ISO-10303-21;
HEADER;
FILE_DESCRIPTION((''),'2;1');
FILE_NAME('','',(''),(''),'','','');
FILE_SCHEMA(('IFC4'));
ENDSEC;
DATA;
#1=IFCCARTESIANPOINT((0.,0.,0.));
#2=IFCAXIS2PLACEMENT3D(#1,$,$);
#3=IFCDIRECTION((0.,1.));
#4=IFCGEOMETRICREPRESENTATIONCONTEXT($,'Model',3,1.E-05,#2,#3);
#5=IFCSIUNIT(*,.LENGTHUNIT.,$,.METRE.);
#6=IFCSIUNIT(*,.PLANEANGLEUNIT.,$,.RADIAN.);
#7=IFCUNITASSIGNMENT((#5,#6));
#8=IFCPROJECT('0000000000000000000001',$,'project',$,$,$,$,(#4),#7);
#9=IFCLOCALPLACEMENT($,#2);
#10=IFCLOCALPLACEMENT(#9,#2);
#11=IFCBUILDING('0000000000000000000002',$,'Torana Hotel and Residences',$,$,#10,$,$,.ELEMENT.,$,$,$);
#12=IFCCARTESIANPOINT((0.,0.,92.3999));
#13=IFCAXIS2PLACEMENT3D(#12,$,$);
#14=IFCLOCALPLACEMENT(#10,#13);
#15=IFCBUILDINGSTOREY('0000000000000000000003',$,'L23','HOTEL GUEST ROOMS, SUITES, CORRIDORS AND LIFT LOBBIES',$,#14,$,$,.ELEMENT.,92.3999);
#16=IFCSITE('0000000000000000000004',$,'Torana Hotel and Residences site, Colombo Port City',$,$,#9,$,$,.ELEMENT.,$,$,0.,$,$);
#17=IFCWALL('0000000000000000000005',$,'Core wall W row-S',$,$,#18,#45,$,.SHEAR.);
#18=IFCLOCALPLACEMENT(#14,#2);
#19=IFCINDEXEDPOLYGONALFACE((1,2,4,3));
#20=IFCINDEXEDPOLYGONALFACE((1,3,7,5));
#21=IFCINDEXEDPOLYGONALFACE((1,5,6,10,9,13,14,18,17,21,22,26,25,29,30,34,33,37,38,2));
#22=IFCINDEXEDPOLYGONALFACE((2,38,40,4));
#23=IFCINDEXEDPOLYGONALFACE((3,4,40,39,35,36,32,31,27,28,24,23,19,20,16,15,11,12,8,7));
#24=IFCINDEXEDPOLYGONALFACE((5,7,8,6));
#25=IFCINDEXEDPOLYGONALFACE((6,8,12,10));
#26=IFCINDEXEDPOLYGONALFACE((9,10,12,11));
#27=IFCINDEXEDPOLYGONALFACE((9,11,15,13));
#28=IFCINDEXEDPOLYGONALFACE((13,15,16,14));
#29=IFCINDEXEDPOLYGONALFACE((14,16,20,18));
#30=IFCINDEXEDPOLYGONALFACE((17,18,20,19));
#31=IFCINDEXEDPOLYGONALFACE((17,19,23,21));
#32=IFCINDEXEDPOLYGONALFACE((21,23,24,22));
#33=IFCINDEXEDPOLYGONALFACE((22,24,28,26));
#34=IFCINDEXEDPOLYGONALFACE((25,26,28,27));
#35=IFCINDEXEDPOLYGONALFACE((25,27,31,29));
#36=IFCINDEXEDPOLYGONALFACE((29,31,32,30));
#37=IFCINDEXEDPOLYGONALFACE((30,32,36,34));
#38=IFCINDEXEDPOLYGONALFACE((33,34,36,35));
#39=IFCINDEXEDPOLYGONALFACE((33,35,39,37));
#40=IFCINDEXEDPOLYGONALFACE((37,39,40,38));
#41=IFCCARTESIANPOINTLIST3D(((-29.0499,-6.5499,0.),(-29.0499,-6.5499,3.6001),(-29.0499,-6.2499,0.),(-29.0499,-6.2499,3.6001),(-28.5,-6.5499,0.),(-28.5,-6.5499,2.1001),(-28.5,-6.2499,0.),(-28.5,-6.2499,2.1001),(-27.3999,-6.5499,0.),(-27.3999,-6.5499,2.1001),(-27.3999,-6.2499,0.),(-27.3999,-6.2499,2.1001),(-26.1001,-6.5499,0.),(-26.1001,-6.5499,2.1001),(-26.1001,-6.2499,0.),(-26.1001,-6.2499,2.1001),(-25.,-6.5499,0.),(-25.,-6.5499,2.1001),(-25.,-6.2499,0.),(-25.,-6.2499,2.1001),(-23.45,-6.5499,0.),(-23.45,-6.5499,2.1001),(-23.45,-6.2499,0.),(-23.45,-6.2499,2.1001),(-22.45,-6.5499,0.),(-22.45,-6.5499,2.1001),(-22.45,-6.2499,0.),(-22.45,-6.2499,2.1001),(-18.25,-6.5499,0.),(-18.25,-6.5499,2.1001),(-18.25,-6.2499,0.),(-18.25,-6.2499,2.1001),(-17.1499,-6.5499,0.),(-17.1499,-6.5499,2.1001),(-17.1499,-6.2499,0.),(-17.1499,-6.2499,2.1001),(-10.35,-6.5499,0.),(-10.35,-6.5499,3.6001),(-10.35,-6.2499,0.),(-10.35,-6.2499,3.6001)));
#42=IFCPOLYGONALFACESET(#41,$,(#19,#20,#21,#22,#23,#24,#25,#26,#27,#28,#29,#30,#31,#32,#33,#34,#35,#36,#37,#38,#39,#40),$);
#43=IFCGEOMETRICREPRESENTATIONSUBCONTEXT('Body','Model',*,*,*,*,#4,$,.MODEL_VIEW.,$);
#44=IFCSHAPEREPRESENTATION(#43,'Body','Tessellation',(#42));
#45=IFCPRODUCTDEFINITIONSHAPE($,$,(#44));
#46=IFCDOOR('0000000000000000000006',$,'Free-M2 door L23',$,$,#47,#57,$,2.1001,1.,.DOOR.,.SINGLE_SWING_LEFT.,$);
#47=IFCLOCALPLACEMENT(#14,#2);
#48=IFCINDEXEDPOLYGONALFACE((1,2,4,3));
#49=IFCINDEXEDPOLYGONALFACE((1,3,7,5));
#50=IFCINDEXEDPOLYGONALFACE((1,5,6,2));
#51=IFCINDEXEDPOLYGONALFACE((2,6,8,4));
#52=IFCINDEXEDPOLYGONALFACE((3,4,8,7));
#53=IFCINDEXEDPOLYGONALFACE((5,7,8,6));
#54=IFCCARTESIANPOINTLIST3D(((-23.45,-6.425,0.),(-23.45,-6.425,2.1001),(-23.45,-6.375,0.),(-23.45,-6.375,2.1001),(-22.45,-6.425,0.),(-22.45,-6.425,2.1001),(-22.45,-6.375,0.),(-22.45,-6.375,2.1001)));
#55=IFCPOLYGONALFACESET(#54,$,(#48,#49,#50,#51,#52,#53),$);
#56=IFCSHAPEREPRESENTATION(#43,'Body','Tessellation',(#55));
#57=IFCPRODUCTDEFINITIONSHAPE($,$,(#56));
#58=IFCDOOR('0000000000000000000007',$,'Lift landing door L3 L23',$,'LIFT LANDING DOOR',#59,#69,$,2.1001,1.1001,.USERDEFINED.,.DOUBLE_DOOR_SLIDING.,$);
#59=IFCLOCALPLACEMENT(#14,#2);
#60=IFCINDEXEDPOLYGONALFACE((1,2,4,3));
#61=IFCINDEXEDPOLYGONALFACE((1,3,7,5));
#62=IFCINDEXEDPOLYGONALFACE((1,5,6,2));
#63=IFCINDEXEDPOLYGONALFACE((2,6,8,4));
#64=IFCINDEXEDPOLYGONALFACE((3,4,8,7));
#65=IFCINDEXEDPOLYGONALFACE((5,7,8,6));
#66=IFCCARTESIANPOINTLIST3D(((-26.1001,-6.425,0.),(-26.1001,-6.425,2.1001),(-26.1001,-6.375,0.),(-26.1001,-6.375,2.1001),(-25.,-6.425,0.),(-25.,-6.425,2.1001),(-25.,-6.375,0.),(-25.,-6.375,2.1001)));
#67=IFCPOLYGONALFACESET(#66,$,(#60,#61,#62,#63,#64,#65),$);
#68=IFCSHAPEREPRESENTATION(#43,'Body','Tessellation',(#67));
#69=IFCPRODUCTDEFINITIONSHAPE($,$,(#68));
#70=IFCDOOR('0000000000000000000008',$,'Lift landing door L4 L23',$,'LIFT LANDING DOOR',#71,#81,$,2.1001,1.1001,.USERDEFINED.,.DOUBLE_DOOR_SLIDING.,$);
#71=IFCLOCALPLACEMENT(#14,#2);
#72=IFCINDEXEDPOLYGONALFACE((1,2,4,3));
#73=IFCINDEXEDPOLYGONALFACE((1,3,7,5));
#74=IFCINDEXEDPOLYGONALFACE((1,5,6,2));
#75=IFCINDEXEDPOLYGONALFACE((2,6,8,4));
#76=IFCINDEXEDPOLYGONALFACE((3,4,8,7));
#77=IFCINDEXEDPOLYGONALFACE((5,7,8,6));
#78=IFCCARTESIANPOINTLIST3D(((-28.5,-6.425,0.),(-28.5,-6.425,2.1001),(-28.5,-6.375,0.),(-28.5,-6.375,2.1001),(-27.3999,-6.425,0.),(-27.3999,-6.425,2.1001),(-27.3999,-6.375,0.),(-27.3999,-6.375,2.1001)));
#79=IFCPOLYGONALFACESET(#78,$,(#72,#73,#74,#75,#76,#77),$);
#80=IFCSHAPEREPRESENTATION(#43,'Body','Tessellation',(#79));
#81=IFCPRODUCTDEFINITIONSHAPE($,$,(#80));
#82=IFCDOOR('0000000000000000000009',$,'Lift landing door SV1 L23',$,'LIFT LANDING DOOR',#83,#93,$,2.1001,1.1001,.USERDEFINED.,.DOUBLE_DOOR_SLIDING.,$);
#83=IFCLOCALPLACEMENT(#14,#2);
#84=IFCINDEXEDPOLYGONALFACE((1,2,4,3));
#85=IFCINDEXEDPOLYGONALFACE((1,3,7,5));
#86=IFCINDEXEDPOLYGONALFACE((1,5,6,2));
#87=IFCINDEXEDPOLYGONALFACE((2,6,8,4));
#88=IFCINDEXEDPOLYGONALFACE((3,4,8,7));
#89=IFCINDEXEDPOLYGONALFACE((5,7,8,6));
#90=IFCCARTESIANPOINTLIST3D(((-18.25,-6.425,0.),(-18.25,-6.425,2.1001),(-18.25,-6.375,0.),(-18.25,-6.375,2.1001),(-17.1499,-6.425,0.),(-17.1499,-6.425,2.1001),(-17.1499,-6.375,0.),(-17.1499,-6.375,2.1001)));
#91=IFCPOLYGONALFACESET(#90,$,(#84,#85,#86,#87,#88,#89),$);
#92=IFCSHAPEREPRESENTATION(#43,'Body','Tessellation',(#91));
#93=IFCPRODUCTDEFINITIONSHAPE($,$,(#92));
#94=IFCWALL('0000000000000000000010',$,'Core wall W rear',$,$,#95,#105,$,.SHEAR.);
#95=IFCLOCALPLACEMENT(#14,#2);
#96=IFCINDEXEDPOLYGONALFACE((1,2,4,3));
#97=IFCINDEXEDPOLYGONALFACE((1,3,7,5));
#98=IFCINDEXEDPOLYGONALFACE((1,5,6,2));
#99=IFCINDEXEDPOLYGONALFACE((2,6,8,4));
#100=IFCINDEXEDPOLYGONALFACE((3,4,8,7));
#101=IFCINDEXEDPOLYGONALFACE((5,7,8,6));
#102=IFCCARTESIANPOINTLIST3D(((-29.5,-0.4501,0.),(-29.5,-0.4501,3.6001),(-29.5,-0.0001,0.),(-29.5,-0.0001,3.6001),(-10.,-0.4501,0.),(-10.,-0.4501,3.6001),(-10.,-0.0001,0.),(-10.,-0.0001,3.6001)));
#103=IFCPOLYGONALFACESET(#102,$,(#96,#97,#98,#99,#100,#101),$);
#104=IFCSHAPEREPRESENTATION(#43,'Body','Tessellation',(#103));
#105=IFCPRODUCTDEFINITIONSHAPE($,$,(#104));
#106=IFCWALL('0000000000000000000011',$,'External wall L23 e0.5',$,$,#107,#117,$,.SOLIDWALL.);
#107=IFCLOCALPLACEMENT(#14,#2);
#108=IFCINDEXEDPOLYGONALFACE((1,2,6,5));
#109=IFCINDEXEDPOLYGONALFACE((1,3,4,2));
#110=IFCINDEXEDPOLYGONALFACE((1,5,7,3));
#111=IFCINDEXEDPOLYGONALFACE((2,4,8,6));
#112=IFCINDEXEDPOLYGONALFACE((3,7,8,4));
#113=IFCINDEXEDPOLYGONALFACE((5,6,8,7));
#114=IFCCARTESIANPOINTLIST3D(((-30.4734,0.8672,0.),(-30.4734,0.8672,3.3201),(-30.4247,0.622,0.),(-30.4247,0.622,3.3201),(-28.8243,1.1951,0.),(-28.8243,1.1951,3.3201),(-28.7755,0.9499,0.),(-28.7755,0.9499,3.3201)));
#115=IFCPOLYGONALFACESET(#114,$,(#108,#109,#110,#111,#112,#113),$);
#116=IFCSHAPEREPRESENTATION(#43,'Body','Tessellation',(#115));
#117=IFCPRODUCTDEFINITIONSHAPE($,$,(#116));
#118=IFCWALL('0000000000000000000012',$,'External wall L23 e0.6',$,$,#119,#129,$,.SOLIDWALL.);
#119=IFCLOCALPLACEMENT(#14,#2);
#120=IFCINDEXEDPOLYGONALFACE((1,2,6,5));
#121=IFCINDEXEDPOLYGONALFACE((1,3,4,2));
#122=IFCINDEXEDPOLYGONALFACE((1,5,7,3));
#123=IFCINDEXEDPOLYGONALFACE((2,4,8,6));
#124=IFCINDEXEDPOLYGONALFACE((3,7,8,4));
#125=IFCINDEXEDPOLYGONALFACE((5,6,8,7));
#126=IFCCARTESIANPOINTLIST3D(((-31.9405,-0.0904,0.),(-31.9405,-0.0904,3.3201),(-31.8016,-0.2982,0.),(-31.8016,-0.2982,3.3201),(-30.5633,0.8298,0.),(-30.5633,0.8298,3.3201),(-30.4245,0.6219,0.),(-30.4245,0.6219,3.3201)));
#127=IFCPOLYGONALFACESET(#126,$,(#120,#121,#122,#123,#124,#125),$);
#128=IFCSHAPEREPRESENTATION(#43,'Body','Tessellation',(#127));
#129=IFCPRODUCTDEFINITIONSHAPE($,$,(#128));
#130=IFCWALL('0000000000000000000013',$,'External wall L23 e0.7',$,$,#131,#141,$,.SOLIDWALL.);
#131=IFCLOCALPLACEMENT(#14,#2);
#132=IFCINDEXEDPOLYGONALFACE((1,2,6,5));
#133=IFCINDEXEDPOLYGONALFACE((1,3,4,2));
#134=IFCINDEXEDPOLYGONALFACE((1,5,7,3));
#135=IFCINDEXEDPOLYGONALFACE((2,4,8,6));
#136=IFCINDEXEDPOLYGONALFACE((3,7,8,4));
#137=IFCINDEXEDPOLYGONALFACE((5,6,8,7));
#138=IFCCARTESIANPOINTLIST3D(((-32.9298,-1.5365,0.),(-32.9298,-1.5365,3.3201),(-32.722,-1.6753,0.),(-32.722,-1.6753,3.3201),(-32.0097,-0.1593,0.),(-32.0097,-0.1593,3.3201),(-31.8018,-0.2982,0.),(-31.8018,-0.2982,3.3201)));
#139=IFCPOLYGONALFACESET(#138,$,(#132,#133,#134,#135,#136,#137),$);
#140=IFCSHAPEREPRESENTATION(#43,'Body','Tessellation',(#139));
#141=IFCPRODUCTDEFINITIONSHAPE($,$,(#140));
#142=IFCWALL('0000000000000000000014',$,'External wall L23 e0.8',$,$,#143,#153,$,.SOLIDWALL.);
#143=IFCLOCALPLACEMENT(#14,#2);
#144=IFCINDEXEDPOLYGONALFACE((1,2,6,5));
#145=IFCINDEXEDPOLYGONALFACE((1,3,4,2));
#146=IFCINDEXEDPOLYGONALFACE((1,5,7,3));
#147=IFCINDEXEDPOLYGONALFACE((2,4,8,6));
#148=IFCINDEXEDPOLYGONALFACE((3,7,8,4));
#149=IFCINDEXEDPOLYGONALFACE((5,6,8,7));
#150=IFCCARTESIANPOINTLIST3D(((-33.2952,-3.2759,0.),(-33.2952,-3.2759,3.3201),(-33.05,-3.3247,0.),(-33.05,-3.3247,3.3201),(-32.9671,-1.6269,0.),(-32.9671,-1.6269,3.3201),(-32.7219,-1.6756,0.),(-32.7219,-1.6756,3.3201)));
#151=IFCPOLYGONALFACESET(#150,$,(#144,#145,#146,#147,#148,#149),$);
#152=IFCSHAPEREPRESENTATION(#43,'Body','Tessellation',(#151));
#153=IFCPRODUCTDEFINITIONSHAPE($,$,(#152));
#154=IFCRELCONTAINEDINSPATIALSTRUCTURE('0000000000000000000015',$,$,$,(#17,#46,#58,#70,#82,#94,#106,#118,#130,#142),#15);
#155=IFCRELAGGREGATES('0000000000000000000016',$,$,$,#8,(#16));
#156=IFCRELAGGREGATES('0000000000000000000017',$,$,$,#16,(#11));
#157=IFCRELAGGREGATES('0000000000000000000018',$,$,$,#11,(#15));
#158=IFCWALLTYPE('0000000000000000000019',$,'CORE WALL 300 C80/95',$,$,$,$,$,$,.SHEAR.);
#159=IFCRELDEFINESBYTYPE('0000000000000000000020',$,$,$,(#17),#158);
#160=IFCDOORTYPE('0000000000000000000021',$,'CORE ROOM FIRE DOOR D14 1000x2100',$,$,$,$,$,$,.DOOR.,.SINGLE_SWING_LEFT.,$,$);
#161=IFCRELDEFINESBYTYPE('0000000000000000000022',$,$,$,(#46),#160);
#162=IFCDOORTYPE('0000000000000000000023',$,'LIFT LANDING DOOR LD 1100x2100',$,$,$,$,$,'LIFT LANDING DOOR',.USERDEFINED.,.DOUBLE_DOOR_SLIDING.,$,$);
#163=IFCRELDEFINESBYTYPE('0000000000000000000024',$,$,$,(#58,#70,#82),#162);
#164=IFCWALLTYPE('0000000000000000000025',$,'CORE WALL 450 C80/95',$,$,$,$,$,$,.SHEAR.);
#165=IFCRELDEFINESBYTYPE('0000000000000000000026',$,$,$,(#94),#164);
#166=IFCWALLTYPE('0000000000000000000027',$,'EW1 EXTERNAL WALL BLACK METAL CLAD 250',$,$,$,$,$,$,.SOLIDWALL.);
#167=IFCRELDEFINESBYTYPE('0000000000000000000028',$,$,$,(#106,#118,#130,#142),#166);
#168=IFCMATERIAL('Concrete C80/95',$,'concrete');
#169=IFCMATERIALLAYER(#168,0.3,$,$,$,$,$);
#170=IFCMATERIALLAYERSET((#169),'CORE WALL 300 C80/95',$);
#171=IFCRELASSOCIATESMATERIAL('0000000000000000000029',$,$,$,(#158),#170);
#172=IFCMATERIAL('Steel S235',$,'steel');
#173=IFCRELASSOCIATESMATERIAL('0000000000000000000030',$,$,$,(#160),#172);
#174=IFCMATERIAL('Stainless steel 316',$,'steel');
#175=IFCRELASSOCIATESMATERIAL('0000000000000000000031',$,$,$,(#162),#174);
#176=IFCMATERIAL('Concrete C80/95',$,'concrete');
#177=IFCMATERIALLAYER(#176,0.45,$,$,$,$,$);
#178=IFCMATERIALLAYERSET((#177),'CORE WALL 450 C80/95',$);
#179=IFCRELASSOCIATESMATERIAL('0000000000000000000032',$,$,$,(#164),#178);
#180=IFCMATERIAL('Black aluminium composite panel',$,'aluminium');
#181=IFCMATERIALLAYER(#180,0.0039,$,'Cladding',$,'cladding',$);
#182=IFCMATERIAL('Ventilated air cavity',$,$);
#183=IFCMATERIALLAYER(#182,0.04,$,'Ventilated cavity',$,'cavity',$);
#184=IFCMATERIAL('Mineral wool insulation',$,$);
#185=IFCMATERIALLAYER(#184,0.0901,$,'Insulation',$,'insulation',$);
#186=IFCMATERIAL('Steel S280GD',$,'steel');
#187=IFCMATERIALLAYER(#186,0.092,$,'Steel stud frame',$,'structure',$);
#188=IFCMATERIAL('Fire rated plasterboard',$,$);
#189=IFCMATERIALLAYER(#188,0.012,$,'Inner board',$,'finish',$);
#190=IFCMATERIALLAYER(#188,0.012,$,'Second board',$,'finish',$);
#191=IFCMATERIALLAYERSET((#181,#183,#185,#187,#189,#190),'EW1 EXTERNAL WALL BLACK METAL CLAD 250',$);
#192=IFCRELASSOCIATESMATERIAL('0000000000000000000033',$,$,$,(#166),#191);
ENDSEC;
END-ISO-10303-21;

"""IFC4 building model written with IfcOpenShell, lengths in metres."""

from ifc_helpers import new_model, si_unit, direction, frame, frame_2d, origin, place, context, subcontext, project, spatial, rectangle, extrude, material, layer, layer_set, type_object, element, fill, save


model = new_model("IFC4")

# Units and contexts
model_context = context("Model", 3, precision=1e-05, world=origin(), true_north=direction((0.0, 1.0)))
body_context = subcontext(model_context, "Body", "Model", "MODEL_VIEW")
ifc_project = project(units=[si_unit("LENGTHUNIT", "METRE"), si_unit("PLANEANGLEUNIT", "RADIAN")], contexts=[model_context])

# Site, building, storey
site_placement = place(None, origin())
site = spatial("IfcSite", under=ifc_project, at=site_placement, Name="Torana Hotel and Residences site, Colombo Port City", CompositionType="ELEMENT", RefElevation=0.0)
building_placement = place(site_placement, origin())
building = spatial("IfcBuilding", under=site, at=building_placement, Name="Torana Hotel and Residences", CompositionType="ELEMENT")
storey_placement = place(building_placement, frame((0.0, 0.0, 92.3999)))
storey = spatial("IfcBuildingStorey", under=building, at=storey_placement, Name="L23", Description="HOTEL GUEST ROOMS, SUITES, CORRIDORS AND LIFT LOBBIES", CompositionType="ELEMENT", Elevation=92.3999)

# Wall, openings, doors
ifc_material_1 = material(Name="Concrete C80/95", Category="concrete")
ifc_layer_1 = layer(ifc_material_1, 0.3)
ifc_layer_set_1 = layer_set([ifc_layer_1], Name="CORE WALL 300 C80/95")
wall_type_1 = type_object("IfcWallType", Name="CORE WALL 300 C80/95", PredefinedType="SHEAR", material=ifc_layer_set_1)
ifc_material_2 = material(Name="Steel S235", Category="steel")
door_type_1 = type_object("IfcDoorType", Name="CORE ROOM FIRE DOOR D14 1000x2100", OperationType="SINGLE_SWING_LEFT", PredefinedType="DOOR", material=ifc_material_2)
ifc_material_3 = material(Name="Stainless steel 316", Category="steel")
door_type_2 = type_object("IfcDoorType", Name="LIFT LANDING DOOR LD 1100x2100", ElementType="LIFT LANDING DOOR", OperationType="DOUBLE_DOOR_SLIDING", PredefinedType="USERDEFINED", material=ifc_material_3)
wall_1_placement = place(storey_placement, frame((-29.05, -6.3999, 0.0), z_axis=(0.0, 0.0, 1.0), x_axis=(1.0, 0.0, 0.0)))
wall_1 = element("IfcWall", 1, at=wall_1_placement, inside=storey, type_object=wall_type_1, Name="Core wall W row-S", PredefinedType="SHEAR", context=body_context, shape_type="SweptSolid", body=[
    extrude(rectangle(XDim=18.7, YDim=0.3, at=frame_2d((9.3501, 0.0))), origin(), (0.0, 0.0, 1.0), 3.6001),
])
opening_1_placement = place(wall_1_placement, frame((2.95, 0.0, 0.0)))
opening_1 = element("IfcOpeningElement", 2, at=opening_1_placement, cuts=wall_1, PredefinedType="OPENING", context=body_context, shape_type="SweptSolid", body=[
    extrude(rectangle(XDim=1.1001, YDim=2.1001, at=frame_2d((0.55, 1.05))), frame((0.0, 0.1599, 0.0), z_axis=(0.0, -1.0, 0.0), x_axis=(1.0, 0.0, 0.0)), (0.0, 0.0, 1.0), 0.3201),
])
opening_2_placement = place(wall_1_placement, frame((0.55, 0.0, 0.0)))
opening_2 = element("IfcOpeningElement", 3, at=opening_2_placement, cuts=wall_1, PredefinedType="OPENING", context=body_context, shape_type="SweptSolid", body=[
    extrude(rectangle(XDim=1.1001, YDim=2.1001, at=frame_2d((0.55, 1.05))), frame((0.0, 0.1599, 0.0), z_axis=(0.0, -1.0, 0.0), x_axis=(1.0, 0.0, 0.0)), (0.0, 0.0, 1.0), 0.3201),
])
opening_3_placement = place(wall_1_placement, frame((10.8, 0.0, 0.0)))
opening_3 = element("IfcOpeningElement", 4, at=opening_3_placement, cuts=wall_1, PredefinedType="OPENING", context=body_context, shape_type="SweptSolid", body=[
    extrude(rectangle(XDim=1.1001, YDim=2.1001, at=frame_2d((0.55, 1.05))), frame((0.0, 0.1599, 0.0), z_axis=(0.0, -1.0, 0.0), x_axis=(1.0, 0.0, 0.0)), (0.0, 0.0, 1.0), 0.3201),
])
opening_4_placement = place(wall_1_placement, frame((5.6001, 0.0, 0.0)))
opening_4 = element("IfcOpeningElement", 5, at=opening_4_placement, cuts=wall_1, PredefinedType="OPENING", context=body_context, shape_type="SweptSolid", body=[
    extrude(rectangle(XDim=1.0, YDim=2.1001, at=frame_2d((0.5, 1.05))), frame((0.0, 0.1599, 0.0), z_axis=(0.0, -1.0, 0.0), x_axis=(1.0, 0.0, 0.0)), (0.0, 0.0, 1.0), 0.3201),
])
door_1_placement = place(opening_4_placement, frame((0.5, 0.0, 0.0), z_axis=(0.0, 0.0, 1.0), x_axis=(-1.0, 0.0, 0.0)))
door_1 = element("IfcDoor", 6, at=door_1_placement, inside=storey, type_object=door_type_1, Name="Free-M2 door L23", OperationType="SINGLE_SWING_LEFT", OverallHeight=2.1001, OverallWidth=1.0, PredefinedType="DOOR", context=body_context, shape_type="SweptSolid", body=[
    extrude(rectangle(XDim=1.0, YDim=2.1001, at=frame_2d((0.0, 1.05))), frame((0.0, -0.0249, 0.0), z_axis=(0.0, 1.0, 0.0), x_axis=(-1.0, 0.0, 0.0)), (0.0, 0.0, 1.0), 0.05),
])
fill(opening_4, door_1)
door_2_placement = place(opening_1_placement, origin())
door_2 = element("IfcDoor", 7, at=door_2_placement, inside=storey, type_object=door_type_2, Name="Lift landing door L3 L23", ObjectType="LIFT LANDING DOOR", OperationType="DOUBLE_DOOR_SLIDING", OverallHeight=2.1001, OverallWidth=1.1001, PredefinedType="USERDEFINED", context=body_context, shape_type="SweptSolid", body=[
    extrude(rectangle(XDim=1.1001, YDim=2.1001, at=frame_2d((0.55, 1.05))), frame((0.0, 0.0249, 0.0), z_axis=(0.0, -1.0, 0.0), x_axis=(1.0, 0.0, 0.0)), (0.0, 0.0, 1.0), 0.05),
])
fill(opening_1, door_2)
door_3_placement = place(opening_2_placement, origin())
door_3 = element("IfcDoor", 8, at=door_3_placement, inside=storey, type_object=door_type_2, Name="Lift landing door L4 L23", ObjectType="LIFT LANDING DOOR", OperationType="DOUBLE_DOOR_SLIDING", OverallHeight=2.1001, OverallWidth=1.1001, PredefinedType="USERDEFINED", context=body_context, shape_type="SweptSolid", body=[
    extrude(rectangle(XDim=1.1001, YDim=2.1001, at=frame_2d((0.55, 1.05))), frame((0.0, 0.0249, 0.0), z_axis=(0.0, -1.0, 0.0), x_axis=(1.0, 0.0, 0.0)), (0.0, 0.0, 1.0), 0.05),
])
fill(opening_2, door_3)
door_4_placement = place(opening_3_placement, origin())
door_4 = element("IfcDoor", 9, at=door_4_placement, inside=storey, type_object=door_type_2, Name="Lift landing door SV1 L23", ObjectType="LIFT LANDING DOOR", OperationType="DOUBLE_DOOR_SLIDING", OverallHeight=2.1001, OverallWidth=1.1001, PredefinedType="USERDEFINED", context=body_context, shape_type="SweptSolid", body=[
    extrude(rectangle(XDim=1.1001, YDim=2.1001, at=frame_2d((0.55, 1.05))), frame((0.0, 0.0249, 0.0), z_axis=(0.0, -1.0, 0.0), x_axis=(1.0, 0.0, 0.0)), (0.0, 0.0, 1.0), 0.05),
])
fill(opening_3, door_4)

# Walls
ifc_material_4 = material(Name="Concrete C80/95", Category="concrete")
ifc_layer_2 = layer(ifc_material_4, 0.45)
ifc_layer_set_2 = layer_set([ifc_layer_2], Name="CORE WALL 450 C80/95")
wall_type_2 = type_object("IfcWallType", Name="CORE WALL 450 C80/95", PredefinedType="SHEAR", material=ifc_layer_set_2)
wall_2_placement = place(storey_placement, frame((-29.5, -0.2251, 0.0), z_axis=(0.0, 0.0, 1.0), x_axis=(1.0, 0.0, 0.0)))
element("IfcWall", 10, at=wall_2_placement, inside=storey, type_object=wall_type_2, Name="Core wall W rear", PredefinedType="SHEAR", context=body_context, shape_type="SweptSolid", body=[
    extrude(rectangle(XDim=19.5, YDim=0.45, at=frame_2d((9.75, 0.0))), origin(), (0.0, 0.0, 1.0), 3.6001),
])
ifc_material_5 = material(Name="Black aluminium composite panel", Category="aluminium")
ifc_layer_3 = layer(ifc_material_5, 0.0039, Name="Cladding", Category="cladding")
ifc_material_6 = material(Name="Ventilated air cavity")
ifc_layer_4 = layer(ifc_material_6, 0.04, Name="Ventilated cavity", Category="cavity")
ifc_material_7 = material(Name="Mineral wool insulation")
ifc_layer_5 = layer(ifc_material_7, 0.0901, Name="Insulation", Category="insulation")
ifc_material_8 = material(Name="Steel S280GD", Category="steel")
ifc_layer_6 = layer(ifc_material_8, 0.092, Name="Steel stud frame", Category="structure")
ifc_material_9 = material(Name="Fire rated plasterboard")
ifc_layer_7 = layer(ifc_material_9, 0.012, Name="Inner board", Category="finish")
ifc_layer_8 = layer(ifc_material_9, 0.012, Name="Second board", Category="finish")
ifc_layer_set_3 = layer_set([ifc_layer_3, ifc_layer_4, ifc_layer_5, ifc_layer_6, ifc_layer_7, ifc_layer_8], Name="EW1 EXTERNAL WALL BLACK METAL CLAD 250")
wall_type_3 = type_object("IfcWallType", Name="EW1 EXTERNAL WALL BLACK METAL CLAD 250", PredefinedType="SOLIDWALL", material=ifc_layer_set_3)
wall_3_placement = place(storey_placement, frame((-28.7998, 1.0725, 0.0), z_axis=(0.0, 0.0, 1.0), x_axis=(-0.980803, -0.194999, 0.0)))
element("IfcWall", 11, at=wall_3_placement, inside=storey, type_object=wall_type_3, Name="External wall L23 e0.5", PredefinedType="SOLIDWALL", context=body_context, shape_type="SweptSolid", body=[
    extrude(rectangle(XDim=1.6814, YDim=0.25, at=frame_2d((0.8408, 0.0))), origin(), (0.0, 0.0, 1.0), 3.3201),
])
for number, where, z_axis, x_axis, name in (
    (12, (-30.4939, 0.7258, 0.0), (0.0, 0.0, 1.0), (-0.831483, -0.55555, 0.0), "External wall L23 e0.6"),
    (13, (-31.9058, -0.2288, 0.0), (0.0, 0.0, 1.0), (-0.55555, -0.831483, 0.0), "External wall L23 e0.7"),
):
    element("IfcWall", number, at=place(storey_placement, frame(where, z_axis=z_axis, x_axis=x_axis)), inside=storey, type_object=wall_type_3, Name=name, PredefinedType="SOLIDWALL", context=body_context, shape_type="SweptSolid", body=[
        extrude(rectangle(XDim=1.6562, YDim=0.25, at=frame_2d((0.8281, 0.0))), origin(), (0.0, 0.0, 1.0), 3.3201),
    ])
wall_4_placement = place(storey_placement, frame((-32.8445, -1.6511, 0.0), z_axis=(0.0, 0.0, 1.0), x_axis=(-0.195139, -0.980776, 0.0)))
element("IfcWall", 14, at=wall_4_placement, inside=storey, type_object=wall_type_3, Name="External wall L23 e0.8", PredefinedType="SOLIDWALL", context=body_context, shape_type="SweptSolid", body=[
    extrude(rectangle(XDim=1.6814, YDim=0.25, at=frame_2d((0.8408, 0.0))), origin(), (0.0, 0.0, 1.0), 3.3201),
])

save(model, "model.ifc")
